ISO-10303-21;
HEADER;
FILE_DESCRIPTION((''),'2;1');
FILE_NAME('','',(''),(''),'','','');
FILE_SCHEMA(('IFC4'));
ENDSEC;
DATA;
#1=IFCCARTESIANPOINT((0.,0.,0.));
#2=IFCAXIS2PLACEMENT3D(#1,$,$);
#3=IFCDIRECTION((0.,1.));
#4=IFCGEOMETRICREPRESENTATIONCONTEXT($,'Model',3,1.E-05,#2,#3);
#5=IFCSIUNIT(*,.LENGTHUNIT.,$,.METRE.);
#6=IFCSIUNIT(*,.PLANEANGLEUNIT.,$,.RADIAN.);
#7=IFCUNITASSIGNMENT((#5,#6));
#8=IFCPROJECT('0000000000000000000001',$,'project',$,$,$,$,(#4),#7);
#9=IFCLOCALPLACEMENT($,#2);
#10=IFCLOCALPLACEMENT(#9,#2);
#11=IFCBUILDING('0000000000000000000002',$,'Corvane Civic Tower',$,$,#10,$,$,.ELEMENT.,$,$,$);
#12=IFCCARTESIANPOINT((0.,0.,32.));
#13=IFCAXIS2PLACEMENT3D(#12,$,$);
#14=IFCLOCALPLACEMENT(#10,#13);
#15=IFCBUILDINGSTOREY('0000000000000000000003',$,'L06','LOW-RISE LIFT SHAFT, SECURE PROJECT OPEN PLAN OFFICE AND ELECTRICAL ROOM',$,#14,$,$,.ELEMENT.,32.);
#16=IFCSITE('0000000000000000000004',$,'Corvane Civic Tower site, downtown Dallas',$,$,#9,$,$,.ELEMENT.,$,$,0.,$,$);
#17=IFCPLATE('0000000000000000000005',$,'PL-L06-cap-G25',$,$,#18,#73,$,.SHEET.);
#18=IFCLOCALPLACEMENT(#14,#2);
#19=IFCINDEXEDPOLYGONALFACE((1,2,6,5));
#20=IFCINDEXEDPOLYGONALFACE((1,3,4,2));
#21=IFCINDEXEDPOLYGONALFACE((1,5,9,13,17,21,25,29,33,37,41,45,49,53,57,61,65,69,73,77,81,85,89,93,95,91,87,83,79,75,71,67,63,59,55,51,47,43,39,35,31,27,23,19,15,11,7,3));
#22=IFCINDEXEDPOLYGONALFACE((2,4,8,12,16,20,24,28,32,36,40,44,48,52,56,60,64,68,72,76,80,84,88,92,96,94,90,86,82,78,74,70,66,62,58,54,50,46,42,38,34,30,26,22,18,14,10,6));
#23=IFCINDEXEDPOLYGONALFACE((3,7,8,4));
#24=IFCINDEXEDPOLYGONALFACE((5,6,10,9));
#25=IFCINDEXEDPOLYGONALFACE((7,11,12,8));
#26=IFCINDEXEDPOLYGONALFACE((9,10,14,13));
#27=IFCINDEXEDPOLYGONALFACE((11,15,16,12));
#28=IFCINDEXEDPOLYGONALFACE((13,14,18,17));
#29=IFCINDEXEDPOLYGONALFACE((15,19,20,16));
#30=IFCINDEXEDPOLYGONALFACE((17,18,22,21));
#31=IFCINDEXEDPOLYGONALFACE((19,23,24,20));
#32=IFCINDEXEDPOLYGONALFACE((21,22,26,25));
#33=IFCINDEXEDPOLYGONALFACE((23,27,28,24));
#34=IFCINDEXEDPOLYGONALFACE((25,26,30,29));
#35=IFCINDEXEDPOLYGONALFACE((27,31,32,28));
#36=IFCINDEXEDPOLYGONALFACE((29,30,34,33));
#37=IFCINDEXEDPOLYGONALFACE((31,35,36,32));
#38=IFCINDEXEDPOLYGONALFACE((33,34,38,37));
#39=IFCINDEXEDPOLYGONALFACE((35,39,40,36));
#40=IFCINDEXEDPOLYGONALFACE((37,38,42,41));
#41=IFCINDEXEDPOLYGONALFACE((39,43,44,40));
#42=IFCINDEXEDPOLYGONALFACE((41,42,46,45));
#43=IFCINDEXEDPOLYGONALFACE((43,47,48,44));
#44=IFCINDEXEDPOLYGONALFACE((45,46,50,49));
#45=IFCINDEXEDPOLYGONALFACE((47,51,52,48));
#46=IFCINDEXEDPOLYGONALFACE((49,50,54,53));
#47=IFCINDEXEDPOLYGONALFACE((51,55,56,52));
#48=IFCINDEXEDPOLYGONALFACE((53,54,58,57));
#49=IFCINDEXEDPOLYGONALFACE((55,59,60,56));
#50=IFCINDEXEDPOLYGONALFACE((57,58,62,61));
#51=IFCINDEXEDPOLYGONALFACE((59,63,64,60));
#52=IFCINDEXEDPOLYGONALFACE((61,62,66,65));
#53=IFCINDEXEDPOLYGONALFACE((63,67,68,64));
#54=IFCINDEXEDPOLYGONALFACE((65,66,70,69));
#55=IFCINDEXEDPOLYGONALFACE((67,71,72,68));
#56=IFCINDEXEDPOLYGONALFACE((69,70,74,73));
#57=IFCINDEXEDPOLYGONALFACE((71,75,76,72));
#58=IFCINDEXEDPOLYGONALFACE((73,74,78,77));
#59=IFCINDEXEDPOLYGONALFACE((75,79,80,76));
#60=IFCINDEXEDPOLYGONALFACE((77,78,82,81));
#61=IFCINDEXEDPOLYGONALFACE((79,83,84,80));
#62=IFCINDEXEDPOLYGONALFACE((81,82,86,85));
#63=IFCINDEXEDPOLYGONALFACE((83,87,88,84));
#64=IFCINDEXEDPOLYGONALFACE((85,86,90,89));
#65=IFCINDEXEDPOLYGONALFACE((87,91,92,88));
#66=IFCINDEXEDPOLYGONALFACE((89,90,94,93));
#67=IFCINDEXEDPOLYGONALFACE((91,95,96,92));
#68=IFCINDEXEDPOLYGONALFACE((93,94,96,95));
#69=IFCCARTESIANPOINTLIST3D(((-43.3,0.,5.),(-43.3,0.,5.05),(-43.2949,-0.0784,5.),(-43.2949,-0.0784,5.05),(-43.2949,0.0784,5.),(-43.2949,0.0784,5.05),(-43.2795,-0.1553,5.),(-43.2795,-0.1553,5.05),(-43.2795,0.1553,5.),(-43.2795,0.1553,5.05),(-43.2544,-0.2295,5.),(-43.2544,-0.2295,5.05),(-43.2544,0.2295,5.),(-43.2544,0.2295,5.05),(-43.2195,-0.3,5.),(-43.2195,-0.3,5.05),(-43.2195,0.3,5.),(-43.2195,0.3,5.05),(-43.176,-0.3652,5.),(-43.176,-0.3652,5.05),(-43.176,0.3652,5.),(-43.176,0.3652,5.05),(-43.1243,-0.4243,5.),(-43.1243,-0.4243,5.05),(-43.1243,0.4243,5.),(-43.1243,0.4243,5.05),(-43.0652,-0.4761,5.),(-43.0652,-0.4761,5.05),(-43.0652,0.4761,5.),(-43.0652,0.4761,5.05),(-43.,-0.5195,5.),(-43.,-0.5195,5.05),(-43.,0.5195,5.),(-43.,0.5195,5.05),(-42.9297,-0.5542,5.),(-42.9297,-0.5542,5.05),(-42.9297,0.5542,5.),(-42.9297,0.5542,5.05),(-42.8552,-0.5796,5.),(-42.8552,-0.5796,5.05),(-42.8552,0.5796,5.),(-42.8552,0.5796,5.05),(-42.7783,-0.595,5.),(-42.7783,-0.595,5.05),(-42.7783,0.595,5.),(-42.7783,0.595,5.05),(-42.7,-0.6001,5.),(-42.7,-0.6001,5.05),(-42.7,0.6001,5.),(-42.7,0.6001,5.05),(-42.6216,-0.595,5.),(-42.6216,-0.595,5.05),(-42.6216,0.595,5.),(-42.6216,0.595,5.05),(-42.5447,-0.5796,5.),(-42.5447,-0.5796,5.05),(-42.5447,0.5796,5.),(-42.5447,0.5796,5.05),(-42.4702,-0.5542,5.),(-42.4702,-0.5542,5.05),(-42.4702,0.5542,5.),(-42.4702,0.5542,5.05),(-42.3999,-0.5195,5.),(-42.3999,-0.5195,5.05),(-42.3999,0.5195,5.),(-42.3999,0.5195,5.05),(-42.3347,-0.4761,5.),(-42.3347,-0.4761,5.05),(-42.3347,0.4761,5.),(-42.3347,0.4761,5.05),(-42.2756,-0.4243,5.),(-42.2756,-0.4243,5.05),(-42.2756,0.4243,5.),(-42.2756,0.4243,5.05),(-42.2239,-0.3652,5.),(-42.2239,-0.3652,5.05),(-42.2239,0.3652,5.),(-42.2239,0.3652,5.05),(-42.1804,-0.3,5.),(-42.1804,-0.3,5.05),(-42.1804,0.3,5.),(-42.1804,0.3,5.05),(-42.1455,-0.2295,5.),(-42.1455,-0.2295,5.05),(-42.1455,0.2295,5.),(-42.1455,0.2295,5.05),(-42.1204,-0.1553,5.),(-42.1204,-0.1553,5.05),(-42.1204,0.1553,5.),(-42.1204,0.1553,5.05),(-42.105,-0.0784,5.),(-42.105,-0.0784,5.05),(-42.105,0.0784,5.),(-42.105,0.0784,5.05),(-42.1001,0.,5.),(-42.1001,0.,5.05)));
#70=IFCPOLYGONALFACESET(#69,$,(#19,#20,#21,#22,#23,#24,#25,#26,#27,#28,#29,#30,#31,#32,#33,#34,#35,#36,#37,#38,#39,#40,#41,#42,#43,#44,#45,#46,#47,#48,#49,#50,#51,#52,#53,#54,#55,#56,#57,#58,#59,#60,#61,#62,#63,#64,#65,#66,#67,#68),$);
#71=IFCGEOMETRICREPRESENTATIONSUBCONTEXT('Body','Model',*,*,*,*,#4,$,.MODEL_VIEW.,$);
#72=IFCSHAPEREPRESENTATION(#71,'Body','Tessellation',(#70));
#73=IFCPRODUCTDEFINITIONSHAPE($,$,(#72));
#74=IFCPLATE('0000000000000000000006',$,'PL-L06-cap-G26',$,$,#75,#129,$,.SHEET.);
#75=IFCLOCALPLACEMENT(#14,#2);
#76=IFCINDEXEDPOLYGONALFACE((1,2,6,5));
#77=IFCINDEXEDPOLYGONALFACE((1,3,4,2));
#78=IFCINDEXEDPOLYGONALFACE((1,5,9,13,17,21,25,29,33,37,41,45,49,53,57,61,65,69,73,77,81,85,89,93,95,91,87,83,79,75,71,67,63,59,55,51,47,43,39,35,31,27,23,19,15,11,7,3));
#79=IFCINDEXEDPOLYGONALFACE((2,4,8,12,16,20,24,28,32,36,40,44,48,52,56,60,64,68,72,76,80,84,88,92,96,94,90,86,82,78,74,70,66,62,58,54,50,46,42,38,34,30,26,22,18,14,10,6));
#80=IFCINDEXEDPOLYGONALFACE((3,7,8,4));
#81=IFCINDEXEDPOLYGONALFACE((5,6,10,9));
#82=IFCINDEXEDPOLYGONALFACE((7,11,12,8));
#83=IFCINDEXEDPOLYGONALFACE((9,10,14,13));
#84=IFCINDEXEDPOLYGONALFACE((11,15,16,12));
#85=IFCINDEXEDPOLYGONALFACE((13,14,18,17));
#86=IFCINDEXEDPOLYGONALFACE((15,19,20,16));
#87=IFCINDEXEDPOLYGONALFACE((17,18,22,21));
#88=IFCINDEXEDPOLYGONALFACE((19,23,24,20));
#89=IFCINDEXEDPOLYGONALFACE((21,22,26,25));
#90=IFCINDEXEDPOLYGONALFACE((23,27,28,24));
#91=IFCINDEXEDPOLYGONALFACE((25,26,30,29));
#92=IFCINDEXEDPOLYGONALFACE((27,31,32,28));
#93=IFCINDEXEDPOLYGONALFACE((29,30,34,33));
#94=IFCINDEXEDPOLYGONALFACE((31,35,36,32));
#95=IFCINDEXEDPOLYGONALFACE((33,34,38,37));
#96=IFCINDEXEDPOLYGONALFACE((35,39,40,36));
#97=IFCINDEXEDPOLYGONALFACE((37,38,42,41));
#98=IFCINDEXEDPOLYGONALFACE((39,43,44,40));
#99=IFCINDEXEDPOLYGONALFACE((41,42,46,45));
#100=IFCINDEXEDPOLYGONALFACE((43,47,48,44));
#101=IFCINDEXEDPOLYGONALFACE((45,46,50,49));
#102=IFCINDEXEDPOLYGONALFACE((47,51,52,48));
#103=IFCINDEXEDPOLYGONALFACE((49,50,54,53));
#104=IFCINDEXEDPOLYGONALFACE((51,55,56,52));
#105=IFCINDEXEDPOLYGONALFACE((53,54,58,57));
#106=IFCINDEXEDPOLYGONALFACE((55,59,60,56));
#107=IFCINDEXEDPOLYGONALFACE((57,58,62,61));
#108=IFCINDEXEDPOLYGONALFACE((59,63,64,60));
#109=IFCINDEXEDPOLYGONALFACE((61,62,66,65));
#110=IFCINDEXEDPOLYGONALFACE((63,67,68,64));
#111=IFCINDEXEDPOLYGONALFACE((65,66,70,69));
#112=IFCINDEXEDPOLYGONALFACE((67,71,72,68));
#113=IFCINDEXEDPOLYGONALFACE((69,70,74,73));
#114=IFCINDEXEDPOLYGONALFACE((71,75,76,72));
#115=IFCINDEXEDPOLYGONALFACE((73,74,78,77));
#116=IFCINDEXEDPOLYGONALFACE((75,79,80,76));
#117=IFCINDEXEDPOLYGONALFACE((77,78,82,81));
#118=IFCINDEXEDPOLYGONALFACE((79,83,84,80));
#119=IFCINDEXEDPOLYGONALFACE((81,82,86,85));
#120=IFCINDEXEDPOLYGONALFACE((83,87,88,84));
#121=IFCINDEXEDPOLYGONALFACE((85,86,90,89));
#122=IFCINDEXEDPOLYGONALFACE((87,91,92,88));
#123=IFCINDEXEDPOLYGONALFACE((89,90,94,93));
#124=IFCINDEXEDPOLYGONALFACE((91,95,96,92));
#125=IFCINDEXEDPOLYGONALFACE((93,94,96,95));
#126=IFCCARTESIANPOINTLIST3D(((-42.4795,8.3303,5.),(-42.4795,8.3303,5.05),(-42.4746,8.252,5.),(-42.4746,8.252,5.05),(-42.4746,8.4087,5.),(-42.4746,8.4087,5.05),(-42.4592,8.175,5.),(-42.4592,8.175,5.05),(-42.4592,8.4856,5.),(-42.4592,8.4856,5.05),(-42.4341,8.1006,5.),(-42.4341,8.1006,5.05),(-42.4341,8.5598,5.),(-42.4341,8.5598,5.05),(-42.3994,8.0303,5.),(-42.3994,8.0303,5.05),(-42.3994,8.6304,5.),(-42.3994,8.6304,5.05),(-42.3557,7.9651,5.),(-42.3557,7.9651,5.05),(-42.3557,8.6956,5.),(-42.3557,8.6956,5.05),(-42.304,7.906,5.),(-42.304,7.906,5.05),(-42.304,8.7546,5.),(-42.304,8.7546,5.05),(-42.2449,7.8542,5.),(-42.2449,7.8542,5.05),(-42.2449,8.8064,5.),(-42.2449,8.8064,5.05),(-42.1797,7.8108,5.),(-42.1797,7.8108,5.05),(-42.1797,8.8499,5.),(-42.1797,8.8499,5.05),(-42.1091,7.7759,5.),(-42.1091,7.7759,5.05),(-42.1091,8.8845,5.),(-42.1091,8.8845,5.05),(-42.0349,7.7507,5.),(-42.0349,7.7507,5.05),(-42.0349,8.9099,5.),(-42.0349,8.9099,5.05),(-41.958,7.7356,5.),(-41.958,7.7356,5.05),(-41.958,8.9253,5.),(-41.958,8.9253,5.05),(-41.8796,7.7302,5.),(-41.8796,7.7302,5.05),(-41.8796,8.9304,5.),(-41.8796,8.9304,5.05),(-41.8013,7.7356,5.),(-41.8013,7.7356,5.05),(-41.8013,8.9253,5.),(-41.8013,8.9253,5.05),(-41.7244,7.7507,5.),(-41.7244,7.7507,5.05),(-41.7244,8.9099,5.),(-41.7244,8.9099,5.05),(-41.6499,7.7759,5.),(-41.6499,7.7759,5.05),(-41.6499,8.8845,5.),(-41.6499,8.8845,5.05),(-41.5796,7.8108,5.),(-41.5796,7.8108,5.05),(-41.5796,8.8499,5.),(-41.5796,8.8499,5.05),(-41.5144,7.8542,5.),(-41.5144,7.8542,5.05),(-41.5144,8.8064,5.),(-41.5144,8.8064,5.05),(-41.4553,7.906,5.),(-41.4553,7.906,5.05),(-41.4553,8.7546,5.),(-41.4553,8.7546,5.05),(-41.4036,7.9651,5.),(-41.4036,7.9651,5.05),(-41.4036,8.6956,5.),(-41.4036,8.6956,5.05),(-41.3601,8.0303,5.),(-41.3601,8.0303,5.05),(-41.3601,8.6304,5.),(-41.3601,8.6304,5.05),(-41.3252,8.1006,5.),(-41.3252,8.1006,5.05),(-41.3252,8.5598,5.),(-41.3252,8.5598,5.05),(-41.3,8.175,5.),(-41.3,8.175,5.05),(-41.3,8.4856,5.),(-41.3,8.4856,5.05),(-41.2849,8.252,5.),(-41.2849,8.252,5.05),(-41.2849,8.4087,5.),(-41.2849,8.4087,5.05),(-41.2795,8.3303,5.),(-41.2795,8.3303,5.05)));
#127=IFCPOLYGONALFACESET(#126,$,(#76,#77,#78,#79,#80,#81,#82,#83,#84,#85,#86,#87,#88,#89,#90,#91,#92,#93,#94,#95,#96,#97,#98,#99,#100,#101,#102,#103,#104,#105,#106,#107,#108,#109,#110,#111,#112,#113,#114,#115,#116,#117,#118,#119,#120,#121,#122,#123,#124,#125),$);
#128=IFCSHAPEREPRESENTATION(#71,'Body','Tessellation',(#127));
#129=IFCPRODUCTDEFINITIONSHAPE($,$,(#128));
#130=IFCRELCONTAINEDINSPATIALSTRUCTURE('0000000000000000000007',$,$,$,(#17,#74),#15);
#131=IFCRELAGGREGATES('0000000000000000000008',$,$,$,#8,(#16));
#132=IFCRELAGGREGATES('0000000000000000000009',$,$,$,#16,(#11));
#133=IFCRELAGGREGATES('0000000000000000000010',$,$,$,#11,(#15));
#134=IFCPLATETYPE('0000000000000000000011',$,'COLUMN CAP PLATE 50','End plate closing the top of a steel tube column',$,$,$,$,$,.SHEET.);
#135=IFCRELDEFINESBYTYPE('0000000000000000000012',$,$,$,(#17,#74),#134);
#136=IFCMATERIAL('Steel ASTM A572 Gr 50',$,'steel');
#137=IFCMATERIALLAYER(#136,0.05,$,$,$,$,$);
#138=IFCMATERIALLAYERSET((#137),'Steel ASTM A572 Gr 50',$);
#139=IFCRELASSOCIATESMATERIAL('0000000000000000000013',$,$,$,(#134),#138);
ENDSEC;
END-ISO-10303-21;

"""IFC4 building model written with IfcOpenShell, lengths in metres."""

from ifc_helpers import new_model, si_unit, direction, frame, origin, place, context, subcontext, project, spatial, polyline, outline, extrude, material, layer, layer_set, type_object, element, save


model = new_model("IFC4")

# Units and contexts
model_context = context("Model", 3, precision=1e-05, world=origin(), true_north=direction((0.0, 1.0)))
body_context = subcontext(model_context, "Body", "Model", "MODEL_VIEW")
ifc_project = project(units=[si_unit("LENGTHUNIT", "METRE"), si_unit("PLANEANGLEUNIT", "RADIAN")], contexts=[model_context])

# Site, building, storey
site_placement = place(None, origin())
site = spatial("IfcSite", under=ifc_project, at=site_placement, Name="Corvane Civic Tower site, downtown Dallas", CompositionType="ELEMENT", RefElevation=0.0)
building_placement = place(site_placement, origin())
building = spatial("IfcBuilding", under=site, at=building_placement, Name="Corvane Civic Tower", CompositionType="ELEMENT")
storey_placement = place(building_placement, frame((0.0, 0.0, 32.0)))
storey = spatial("IfcBuildingStorey", under=building, at=storey_placement, Name="L06", Description="LOW-RISE LIFT SHAFT, SECURE PROJECT OPEN PLAN OFFICE AND ELECTRICAL ROOM", CompositionType="ELEMENT", Elevation=32.0)

# Plates
ifc_material_1 = material(Name="Steel ASTM A572 Gr 50", Category="steel")
ifc_layer = layer(ifc_material_1, 0.05)
ifc_layer_set = layer_set([ifc_layer], Name="Steel ASTM A572 Gr 50")
plate_type = type_object("IfcPlateType", Name="COLUMN CAP PLATE 50", Description="End plate closing the top of a steel tube column", PredefinedType="SHEET", material=ifc_layer_set)
plate_1_placement = place(storey_placement, frame((0.0, 0.0, 5.0)))
element("IfcPlate", 1, at=plate_1_placement, inside=storey, type_object=plate_type, Name="PL-L06-cap-G25", PredefinedType="SHEET", context=body_context, shape_type="SweptSolid", body=[
    extrude(outline(polyline([(-42.1001, 0.0), (-42.105, 0.0784), (-42.1204, 0.1553), (-42.1455, 0.2295), (-42.1804, 0.3), (-42.2239, 0.3652), (-42.2756, 0.4243), (-42.3347, 0.4761), (-42.3999, 0.5195), (-42.4702, 0.5542), (-42.5447, 0.5796), (-42.6216, 0.595), (-42.7, 0.6001), (-42.7783, 0.595), (-42.8552, 0.5796), (-42.9297, 0.5542), (-43.0, 0.5195), (-43.0652, 0.4761), (-43.1243, 0.4243), (-43.176, 0.3652), (-43.2195, 0.3), (-43.2544, 0.2295), (-43.2795, 0.1553), (-43.2949, 0.0784), (-43.3, 0.0), (-43.2949, -0.0784), (-43.2795, -0.1553), (-43.2544, -0.2295), (-43.2195, -0.3), (-43.176, -0.3652), (-43.1243, -0.4243), (-43.0652, -0.4761), (-43.0, -0.5195), (-42.9297, -0.5542), (-42.8552, -0.5796), (-42.7783, -0.595), (-42.7, -0.6001), (-42.6216, -0.595), (-42.5447, -0.5796), (-42.4702, -0.5542), (-42.3999, -0.5195), (-42.3347, -0.4761), (-42.2756, -0.4243), (-42.2239, -0.3652), (-42.1804, -0.3), (-42.1455, -0.2295), (-42.1204, -0.1553), (-42.105, -0.0784), (-42.1001, 0.0)])), origin(), (0.0, 0.0, 1.0), 0.05),
])
plate_2_placement = place(storey_placement, frame((0.0, 0.0, 5.0)))
element("IfcPlate", 2, at=plate_2_placement, inside=storey, type_object=plate_type, Name="PL-L06-cap-G26", PredefinedType="SHEET", context=body_context, shape_type="SweptSolid", body=[
    extrude(outline(polyline([(-41.2795, 8.3303), (-41.2849, 8.4087), (-41.3, 8.4856), (-41.3252, 8.5598), (-41.3601, 8.6304), (-41.4036, 8.6956), (-41.4553, 8.7546), (-41.5144, 8.8064), (-41.5796, 8.8499), (-41.6499, 8.8845), (-41.7244, 8.9099), (-41.8013, 8.9253), (-41.8796, 8.9304), (-41.958, 8.9253), (-42.0349, 8.9099), (-42.1091, 8.8845), (-42.1797, 8.8499), (-42.2449, 8.8064), (-42.304, 8.7546), (-42.3557, 8.6956), (-42.3994, 8.6304), (-42.4341, 8.5598), (-42.4592, 8.4856), (-42.4746, 8.4087), (-42.4795, 8.3303), (-42.4746, 8.252), (-42.4592, 8.175), (-42.4341, 8.1006), (-42.3994, 8.0303), (-42.3557, 7.9651), (-42.304, 7.906), (-42.2449, 7.8542), (-42.1797, 7.8108), (-42.1091, 7.7759), (-42.0349, 7.7507), (-41.958, 7.7356), (-41.8796, 7.7302), (-41.8013, 7.7356), (-41.7244, 7.7507), (-41.6499, 7.7759), (-41.5796, 7.8108), (-41.5144, 7.8542), (-41.4553, 7.906), (-41.4036, 7.9651), (-41.3601, 8.0303), (-41.3252, 8.1006), (-41.3, 8.175), (-41.2849, 8.252), (-41.2795, 8.3303)])), origin(), (0.0, 0.0, 1.0), 0.05),
])

save(model, "model.ifc")
